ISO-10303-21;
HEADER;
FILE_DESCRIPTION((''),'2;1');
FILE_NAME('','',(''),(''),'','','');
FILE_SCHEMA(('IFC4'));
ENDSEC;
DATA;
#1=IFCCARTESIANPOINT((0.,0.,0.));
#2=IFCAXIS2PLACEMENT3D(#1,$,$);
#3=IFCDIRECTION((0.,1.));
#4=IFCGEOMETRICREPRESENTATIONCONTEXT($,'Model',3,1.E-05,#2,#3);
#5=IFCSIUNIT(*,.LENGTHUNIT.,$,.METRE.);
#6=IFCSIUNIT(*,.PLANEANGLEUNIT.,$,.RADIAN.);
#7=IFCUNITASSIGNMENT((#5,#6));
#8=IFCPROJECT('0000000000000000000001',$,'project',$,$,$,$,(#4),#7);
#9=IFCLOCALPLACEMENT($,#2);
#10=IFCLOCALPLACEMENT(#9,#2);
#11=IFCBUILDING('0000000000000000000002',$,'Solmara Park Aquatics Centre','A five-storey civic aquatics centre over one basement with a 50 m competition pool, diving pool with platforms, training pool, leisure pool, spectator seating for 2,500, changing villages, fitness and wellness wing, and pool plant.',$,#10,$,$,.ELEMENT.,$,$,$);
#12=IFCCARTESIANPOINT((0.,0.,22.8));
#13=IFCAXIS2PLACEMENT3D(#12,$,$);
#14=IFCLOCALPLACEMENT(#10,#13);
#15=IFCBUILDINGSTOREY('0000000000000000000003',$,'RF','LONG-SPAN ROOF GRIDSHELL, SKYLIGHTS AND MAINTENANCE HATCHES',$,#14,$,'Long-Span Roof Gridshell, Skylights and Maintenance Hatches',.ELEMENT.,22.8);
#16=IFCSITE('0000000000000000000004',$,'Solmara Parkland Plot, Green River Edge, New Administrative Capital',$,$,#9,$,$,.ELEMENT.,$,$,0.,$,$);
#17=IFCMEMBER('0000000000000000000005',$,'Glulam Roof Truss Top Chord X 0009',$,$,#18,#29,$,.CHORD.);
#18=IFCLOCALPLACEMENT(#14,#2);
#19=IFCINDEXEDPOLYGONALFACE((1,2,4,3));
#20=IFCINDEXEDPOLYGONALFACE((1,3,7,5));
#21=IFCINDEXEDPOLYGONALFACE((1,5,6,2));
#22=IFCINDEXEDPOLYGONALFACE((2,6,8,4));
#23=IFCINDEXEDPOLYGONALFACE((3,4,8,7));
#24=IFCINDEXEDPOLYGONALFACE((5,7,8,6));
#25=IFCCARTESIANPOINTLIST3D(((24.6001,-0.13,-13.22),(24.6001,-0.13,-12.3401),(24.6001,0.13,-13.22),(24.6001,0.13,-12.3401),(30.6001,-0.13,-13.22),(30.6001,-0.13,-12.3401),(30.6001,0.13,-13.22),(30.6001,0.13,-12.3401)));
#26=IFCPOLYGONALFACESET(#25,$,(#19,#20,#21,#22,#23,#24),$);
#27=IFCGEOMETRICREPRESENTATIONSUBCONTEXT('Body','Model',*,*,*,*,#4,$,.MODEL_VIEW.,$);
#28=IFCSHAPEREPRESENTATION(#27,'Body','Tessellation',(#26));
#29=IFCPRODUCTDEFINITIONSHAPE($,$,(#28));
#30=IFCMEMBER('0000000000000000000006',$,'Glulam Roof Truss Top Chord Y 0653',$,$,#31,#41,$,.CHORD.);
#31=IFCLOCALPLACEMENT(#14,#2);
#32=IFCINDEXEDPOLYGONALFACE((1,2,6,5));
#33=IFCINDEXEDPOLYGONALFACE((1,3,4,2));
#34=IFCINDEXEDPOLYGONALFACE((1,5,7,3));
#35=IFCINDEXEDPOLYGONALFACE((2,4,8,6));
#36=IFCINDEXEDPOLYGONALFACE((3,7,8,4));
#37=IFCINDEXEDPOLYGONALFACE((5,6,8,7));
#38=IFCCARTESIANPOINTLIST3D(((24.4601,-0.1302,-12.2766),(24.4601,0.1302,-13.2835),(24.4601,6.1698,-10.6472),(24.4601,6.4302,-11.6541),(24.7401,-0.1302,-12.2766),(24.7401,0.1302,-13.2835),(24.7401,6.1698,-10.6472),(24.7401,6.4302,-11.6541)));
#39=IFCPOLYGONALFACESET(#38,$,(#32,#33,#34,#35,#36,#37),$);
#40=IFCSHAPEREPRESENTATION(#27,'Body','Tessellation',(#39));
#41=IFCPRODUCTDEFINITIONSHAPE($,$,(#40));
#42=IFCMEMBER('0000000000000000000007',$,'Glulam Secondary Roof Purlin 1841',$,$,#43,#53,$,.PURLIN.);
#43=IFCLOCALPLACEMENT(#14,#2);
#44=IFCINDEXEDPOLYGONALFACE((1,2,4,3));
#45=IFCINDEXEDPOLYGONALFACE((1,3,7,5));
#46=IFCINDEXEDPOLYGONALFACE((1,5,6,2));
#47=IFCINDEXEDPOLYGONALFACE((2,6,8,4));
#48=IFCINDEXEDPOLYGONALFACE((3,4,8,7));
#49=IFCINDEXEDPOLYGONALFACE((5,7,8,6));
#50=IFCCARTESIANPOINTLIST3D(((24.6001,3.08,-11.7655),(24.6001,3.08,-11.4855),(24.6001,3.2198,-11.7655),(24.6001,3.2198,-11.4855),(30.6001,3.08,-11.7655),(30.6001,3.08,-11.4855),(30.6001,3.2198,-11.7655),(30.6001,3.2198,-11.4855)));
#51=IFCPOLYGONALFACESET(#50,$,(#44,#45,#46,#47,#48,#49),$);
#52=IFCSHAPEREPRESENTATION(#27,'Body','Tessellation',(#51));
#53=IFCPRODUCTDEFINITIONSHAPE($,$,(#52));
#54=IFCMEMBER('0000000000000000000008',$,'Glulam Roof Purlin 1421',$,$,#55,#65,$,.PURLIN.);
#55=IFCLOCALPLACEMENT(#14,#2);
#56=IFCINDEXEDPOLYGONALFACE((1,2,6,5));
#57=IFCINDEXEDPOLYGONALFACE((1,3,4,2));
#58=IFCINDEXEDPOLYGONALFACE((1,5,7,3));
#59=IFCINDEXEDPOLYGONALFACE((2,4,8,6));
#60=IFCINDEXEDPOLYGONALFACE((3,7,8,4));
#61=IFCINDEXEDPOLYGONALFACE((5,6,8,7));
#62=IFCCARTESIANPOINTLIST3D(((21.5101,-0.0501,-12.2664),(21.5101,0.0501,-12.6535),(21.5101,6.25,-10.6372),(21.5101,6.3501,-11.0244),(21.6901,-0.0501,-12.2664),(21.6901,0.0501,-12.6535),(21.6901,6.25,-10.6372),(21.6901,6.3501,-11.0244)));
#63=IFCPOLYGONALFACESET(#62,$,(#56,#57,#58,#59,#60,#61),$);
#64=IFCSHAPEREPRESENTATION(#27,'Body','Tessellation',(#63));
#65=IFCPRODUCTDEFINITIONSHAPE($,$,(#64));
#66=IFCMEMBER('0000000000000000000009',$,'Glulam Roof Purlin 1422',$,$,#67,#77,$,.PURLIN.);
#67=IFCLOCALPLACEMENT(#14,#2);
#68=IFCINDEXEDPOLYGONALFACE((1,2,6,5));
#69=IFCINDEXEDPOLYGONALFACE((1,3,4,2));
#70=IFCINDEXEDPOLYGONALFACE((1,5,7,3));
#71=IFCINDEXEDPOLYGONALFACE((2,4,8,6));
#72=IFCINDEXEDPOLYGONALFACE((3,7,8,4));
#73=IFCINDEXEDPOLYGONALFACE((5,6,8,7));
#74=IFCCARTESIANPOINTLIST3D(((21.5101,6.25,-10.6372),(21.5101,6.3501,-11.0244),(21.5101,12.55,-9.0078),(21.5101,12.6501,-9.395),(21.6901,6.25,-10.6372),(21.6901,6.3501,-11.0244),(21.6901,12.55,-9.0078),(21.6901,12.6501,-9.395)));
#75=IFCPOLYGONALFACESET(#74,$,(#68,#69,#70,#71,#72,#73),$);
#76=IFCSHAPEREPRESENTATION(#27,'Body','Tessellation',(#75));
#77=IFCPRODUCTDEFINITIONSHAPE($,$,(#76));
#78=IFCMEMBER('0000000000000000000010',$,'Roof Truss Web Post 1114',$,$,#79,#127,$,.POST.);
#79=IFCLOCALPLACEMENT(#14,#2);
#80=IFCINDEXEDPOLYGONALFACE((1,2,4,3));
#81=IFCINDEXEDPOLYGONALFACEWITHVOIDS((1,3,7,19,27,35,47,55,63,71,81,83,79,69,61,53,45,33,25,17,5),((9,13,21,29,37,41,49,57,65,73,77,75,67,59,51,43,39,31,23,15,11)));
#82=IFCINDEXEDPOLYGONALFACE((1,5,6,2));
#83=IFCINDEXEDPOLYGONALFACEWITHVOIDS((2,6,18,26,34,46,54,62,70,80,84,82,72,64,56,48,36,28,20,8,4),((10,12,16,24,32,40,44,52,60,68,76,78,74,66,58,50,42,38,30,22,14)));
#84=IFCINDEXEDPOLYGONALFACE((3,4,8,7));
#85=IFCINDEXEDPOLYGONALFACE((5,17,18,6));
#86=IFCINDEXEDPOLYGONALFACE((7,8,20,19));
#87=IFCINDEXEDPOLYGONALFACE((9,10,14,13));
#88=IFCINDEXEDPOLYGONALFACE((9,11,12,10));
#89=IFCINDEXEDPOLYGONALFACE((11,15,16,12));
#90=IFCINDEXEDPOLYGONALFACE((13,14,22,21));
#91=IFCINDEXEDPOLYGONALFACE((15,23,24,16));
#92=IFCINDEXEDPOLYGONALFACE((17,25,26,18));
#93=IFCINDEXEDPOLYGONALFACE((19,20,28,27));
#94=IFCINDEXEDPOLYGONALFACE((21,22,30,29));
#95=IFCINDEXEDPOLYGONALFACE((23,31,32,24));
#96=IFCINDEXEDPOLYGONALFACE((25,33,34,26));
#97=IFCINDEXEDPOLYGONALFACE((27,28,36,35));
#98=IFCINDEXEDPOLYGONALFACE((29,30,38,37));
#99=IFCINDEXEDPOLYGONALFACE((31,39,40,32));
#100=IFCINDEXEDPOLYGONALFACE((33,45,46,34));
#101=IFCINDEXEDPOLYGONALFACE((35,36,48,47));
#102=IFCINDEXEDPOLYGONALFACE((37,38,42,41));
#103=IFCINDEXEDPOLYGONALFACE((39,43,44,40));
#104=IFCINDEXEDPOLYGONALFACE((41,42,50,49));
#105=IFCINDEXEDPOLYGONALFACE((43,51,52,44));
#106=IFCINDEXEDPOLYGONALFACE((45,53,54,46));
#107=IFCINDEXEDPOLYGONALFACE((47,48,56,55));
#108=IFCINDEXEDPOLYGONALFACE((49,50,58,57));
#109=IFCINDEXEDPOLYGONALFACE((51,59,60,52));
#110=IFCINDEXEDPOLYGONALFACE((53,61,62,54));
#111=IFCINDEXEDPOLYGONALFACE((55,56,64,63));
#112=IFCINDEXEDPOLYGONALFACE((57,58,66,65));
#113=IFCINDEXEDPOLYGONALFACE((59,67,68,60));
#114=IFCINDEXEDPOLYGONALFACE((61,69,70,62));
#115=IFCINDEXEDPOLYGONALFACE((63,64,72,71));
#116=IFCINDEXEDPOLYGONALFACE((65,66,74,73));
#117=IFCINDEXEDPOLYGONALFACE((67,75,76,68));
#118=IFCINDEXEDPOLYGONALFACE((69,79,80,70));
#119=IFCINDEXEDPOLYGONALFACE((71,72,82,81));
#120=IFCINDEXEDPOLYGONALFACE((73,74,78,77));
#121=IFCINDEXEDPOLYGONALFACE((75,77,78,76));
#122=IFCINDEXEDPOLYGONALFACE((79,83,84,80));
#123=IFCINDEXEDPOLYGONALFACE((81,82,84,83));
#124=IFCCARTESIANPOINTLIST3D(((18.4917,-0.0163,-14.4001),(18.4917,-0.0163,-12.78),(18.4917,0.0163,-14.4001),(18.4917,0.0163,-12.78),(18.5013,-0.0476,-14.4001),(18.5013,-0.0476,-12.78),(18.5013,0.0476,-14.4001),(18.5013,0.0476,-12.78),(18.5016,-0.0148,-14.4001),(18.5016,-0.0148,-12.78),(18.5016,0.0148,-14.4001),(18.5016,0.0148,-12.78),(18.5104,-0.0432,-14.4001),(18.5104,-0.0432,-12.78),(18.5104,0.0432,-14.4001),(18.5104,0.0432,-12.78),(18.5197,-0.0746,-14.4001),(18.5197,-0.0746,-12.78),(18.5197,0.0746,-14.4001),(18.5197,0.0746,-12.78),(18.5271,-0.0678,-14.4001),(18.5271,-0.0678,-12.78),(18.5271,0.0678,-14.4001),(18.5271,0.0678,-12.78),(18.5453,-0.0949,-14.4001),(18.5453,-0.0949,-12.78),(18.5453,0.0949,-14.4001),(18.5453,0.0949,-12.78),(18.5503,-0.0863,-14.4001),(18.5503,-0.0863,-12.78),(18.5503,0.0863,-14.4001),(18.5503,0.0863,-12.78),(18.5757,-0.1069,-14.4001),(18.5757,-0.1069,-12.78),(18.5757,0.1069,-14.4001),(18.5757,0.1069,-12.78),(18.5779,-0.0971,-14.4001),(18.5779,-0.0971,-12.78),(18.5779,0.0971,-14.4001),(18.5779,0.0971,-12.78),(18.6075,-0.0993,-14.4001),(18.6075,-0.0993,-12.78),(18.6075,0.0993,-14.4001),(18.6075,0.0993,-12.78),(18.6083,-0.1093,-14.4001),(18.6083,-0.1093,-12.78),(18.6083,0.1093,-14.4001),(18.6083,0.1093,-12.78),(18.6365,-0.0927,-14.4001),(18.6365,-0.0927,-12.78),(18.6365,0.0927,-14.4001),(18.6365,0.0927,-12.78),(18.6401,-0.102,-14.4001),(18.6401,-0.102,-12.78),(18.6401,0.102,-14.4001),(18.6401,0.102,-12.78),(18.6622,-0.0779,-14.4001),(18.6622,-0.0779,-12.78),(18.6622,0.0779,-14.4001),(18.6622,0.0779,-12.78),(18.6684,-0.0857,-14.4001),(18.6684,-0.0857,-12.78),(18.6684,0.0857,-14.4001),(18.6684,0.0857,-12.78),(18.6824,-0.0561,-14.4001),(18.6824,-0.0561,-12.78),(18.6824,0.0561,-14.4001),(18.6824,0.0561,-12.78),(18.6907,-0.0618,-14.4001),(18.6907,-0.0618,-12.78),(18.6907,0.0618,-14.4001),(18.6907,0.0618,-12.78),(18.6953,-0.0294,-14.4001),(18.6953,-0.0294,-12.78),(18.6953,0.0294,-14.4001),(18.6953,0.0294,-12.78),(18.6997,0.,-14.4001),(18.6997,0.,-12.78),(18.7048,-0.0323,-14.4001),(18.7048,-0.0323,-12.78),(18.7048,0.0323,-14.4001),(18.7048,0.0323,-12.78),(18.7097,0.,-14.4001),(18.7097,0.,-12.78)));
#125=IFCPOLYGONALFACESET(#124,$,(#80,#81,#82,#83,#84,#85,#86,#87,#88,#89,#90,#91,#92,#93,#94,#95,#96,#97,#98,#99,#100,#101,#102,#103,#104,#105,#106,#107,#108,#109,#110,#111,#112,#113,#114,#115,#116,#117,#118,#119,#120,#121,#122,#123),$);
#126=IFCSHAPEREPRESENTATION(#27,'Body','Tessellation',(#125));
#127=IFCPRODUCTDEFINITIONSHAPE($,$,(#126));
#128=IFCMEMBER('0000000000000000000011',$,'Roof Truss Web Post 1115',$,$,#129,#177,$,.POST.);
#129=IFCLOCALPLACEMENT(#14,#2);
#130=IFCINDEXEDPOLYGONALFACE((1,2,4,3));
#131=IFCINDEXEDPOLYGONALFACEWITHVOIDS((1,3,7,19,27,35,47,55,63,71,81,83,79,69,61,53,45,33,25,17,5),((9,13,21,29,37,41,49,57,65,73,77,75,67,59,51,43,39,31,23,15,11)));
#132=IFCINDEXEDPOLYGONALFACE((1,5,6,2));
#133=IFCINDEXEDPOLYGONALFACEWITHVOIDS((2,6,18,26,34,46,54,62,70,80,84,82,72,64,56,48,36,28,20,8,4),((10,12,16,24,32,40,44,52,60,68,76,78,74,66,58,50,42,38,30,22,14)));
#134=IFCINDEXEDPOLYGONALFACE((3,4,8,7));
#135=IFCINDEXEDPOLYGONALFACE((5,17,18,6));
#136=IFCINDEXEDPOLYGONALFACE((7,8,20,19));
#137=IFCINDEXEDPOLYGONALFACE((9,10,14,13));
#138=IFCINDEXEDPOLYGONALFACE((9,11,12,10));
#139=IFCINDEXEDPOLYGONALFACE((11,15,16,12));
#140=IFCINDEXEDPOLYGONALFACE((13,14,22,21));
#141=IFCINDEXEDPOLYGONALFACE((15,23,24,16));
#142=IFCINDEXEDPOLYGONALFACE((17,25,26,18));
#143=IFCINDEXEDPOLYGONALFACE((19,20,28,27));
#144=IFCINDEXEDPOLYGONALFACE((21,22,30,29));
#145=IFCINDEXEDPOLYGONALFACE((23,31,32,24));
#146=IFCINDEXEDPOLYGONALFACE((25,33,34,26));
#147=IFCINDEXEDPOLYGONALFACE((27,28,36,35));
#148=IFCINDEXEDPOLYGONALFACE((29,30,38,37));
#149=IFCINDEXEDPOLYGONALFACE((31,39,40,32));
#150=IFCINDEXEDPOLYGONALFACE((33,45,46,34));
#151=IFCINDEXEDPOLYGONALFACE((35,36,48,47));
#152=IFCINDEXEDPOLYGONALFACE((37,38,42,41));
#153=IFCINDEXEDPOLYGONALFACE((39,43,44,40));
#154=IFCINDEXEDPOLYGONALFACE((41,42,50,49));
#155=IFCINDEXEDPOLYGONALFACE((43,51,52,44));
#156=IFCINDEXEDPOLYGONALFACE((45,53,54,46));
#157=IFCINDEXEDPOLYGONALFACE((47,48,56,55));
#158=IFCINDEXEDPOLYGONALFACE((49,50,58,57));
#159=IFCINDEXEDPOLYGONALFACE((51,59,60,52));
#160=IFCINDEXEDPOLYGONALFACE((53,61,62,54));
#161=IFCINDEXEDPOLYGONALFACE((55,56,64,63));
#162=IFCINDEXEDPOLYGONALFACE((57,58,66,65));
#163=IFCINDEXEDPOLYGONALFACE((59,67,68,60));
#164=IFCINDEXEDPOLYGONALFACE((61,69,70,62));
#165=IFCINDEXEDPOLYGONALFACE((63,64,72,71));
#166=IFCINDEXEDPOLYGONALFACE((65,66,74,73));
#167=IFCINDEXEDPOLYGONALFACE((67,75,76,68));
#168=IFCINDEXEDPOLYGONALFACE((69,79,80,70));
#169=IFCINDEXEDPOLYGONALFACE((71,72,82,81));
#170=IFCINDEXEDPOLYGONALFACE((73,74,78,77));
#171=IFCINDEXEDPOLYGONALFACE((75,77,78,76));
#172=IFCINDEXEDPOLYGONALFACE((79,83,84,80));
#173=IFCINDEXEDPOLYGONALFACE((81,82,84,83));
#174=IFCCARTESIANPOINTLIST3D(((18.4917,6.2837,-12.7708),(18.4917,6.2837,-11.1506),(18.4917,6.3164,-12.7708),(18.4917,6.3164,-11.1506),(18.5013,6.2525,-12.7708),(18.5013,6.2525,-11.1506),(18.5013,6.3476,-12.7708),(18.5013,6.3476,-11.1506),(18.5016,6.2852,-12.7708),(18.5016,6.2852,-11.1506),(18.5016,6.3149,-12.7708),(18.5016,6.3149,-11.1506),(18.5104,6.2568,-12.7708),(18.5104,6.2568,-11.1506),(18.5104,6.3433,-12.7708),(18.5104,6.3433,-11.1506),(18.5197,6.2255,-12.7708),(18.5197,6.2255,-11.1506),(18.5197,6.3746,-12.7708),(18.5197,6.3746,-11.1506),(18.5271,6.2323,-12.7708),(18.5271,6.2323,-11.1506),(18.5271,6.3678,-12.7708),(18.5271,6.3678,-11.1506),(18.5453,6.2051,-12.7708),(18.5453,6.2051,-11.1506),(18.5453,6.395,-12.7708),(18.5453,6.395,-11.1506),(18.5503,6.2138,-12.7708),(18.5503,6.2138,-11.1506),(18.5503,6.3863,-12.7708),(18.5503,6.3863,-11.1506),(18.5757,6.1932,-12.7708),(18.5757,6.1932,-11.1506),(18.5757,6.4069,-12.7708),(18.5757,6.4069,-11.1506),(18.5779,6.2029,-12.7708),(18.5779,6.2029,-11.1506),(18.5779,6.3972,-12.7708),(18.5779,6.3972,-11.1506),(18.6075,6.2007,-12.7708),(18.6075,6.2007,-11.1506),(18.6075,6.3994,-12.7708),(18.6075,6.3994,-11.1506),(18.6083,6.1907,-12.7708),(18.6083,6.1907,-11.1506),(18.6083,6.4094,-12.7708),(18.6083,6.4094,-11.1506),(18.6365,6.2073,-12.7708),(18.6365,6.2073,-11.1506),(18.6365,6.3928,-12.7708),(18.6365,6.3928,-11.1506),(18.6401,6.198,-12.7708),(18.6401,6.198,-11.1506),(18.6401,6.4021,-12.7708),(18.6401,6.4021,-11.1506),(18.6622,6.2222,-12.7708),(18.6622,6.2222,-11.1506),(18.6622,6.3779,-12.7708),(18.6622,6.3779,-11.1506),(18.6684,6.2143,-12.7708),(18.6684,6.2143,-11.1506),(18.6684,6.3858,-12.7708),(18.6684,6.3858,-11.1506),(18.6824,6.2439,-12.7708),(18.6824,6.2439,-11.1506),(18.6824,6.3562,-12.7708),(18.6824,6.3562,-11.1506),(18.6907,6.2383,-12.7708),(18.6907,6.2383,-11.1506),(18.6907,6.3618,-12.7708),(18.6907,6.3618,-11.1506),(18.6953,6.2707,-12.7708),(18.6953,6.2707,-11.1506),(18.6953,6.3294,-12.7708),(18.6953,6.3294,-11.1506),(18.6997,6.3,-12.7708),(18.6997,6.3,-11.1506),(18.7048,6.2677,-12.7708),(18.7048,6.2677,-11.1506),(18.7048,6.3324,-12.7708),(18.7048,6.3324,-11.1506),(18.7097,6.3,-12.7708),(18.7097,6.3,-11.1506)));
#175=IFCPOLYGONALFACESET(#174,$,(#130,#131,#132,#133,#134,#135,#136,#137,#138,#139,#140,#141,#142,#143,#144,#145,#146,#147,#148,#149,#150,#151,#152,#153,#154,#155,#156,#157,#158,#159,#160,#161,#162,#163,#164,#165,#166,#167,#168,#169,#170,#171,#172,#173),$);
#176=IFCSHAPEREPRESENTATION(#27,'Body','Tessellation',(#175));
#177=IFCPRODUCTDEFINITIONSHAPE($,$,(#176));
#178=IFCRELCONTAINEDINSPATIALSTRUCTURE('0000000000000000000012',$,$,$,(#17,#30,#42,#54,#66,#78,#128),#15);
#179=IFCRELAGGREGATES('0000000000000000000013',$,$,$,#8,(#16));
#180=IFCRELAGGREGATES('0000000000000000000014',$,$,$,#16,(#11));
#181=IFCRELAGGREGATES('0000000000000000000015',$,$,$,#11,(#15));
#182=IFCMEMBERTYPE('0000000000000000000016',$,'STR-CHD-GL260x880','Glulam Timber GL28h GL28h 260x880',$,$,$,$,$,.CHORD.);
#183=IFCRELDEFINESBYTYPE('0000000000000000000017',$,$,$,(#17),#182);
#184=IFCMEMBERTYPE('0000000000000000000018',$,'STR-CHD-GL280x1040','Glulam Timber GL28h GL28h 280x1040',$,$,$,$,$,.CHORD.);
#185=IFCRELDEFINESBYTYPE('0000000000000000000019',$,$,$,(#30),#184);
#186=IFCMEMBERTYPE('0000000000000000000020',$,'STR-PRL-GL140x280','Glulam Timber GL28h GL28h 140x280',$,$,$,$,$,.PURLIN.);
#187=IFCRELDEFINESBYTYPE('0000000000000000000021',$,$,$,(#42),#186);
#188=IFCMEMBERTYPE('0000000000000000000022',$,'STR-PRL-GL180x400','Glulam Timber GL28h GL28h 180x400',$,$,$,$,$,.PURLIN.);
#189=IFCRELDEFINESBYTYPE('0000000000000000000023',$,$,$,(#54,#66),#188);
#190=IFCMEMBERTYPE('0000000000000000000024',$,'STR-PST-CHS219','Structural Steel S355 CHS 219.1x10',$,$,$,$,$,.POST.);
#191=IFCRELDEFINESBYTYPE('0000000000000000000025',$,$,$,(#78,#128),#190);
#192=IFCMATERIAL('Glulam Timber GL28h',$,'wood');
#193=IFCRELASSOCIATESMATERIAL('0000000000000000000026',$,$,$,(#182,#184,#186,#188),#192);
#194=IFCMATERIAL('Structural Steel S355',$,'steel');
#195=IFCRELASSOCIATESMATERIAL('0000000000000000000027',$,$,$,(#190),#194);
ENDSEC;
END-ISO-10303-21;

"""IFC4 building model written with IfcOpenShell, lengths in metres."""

from ifc_helpers import new_model, si_unit, direction, frame, origin, origin_2d, place, context, subcontext, project, spatial, rectangle, hollow_circle, extrude, material, material_profile, profile_set, type_object, element, save


model = new_model("IFC4")

# Units and contexts
model_context = context("Model", 3, precision=1e-05, world=origin(), true_north=direction((0.0, 1.0)))
body_context = subcontext(model_context, "Body", "Model", "MODEL_VIEW")
ifc_project = project(units=[si_unit("LENGTHUNIT", "METRE"), si_unit("PLANEANGLEUNIT", "RADIAN")], contexts=[model_context])

# Site, building, storey
site_placement = place(None, origin())
site = spatial("IfcSite", under=ifc_project, at=site_placement, Name="Solmara Parkland Plot, Green River Edge, New Administrative Capital", CompositionType="ELEMENT", RefElevation=0.0)
building_placement = place(site_placement, origin())
building = spatial("IfcBuilding", under=site, at=building_placement, Name="Solmara Park Aquatics Centre", Description="A five-storey civic aquatics centre over one basement with a 50 m competition pool, diving pool with platforms, training pool, leisure pool, spectator seating for 2,500, changing villages, fitness and wellness wing, and pool plant.", CompositionType="ELEMENT")
storey_placement = place(building_placement, frame((0.0, 0.0, 22.8)))
storey = spatial("IfcBuildingStorey", under=building, at=storey_placement, Name="RF", Description="LONG-SPAN ROOF GRIDSHELL, SKYLIGHTS AND MAINTENANCE HATCHES", LongName="Long-Span Roof Gridshell, Skylights and Maintenance Hatches", CompositionType="ELEMENT", Elevation=22.8)

# Members
ifc_material_1 = material(Name="Structural Steel S355", Category="steel")
ifc_material_2 = material(Name="Glulam Timber GL28h", Category="wood")
ifc_material_profile_1 = material_profile(ifc_material_2, rectangle(XDim=0.26, YDim=0.8799, at=origin_2d()), Name="GL28h 260x880")
ifc_profile_set_1 = profile_set([ifc_material_profile_1], Name="Glulam Timber GL28h")
member_type_1 = type_object("IfcMemberType", Name="STR-CHD-GL260x880", Description="Glulam Timber GL28h GL28h 260x880", PredefinedType="CHORD", material=ifc_profile_set_1)
member_1_placement = place(storey_placement, frame((24.6001, 0.0, -12.78), z_axis=(1.0, 0.0, 0.0), x_axis=(0.0, 1.0, 0.0)))
element("IfcMember", 1, at=member_1_placement, inside=storey, type_object=member_type_1, Name="Glulam Roof Truss Top Chord X 0009", PredefinedType="CHORD", context=body_context, shape_type="SweptSolid", body=[
    extrude(rectangle(XDim=0.26, YDim=0.8799, at=origin_2d()), origin(), (0.0, 0.0, 1.0), 6.0),
])
ifc_material_profile_2 = material_profile(ifc_material_2, rectangle(XDim=0.28, YDim=1.04, at=origin_2d()), Name="GL28h 280x1040")
ifc_profile_set_2 = profile_set([ifc_material_profile_2], Name="Glulam Timber GL28h")
member_type_2 = type_object("IfcMemberType", Name="STR-CHD-GL280x1040", Description="Glulam Timber GL28h GL28h 280x1040", PredefinedType="CHORD", material=ifc_profile_set_2)
member_2_placement = place(storey_placement, frame((24.6001, 0.0, -12.78), z_axis=(0.0, 0.968144, 0.250393), x_axis=(-1.0, 0.0, 0.0)))
element("IfcMember", 2, at=member_2_placement, inside=storey, type_object=member_type_2, Name="Glulam Roof Truss Top Chord Y 0653", PredefinedType="CHORD", context=body_context, shape_type="SweptSolid", body=[
    extrude(rectangle(XDim=0.28, YDim=1.04, at=origin_2d()), origin(), (0.0, 0.0, 1.0), 6.5073),
])
ifc_material_profile_3 = material_profile(ifc_material_2, rectangle(XDim=0.1399, YDim=0.28, at=origin_2d()), Name="GL28h 140x280")
ifc_profile_set_3 = profile_set([ifc_material_profile_3], Name="Glulam Timber GL28h")
member_type_3 = type_object("IfcMemberType", Name="STR-PRL-GL140x280", Description="Glulam Timber GL28h GL28h 140x280", PredefinedType="PURLIN", material=ifc_profile_set_3)
member_3_placement = place(storey_placement, frame((24.6001, 3.1499, -11.6255), z_axis=(1.0, 0.0, 0.0), x_axis=(0.0, 1.0, 0.0)))
element("IfcMember", 3, at=member_3_placement, inside=storey, type_object=member_type_3, Name="Glulam Secondary Roof Purlin 1841", PredefinedType="PURLIN", context=body_context, shape_type="SweptSolid", body=[
    extrude(rectangle(XDim=0.1399, YDim=0.28, at=origin_2d()), origin(), (0.0, 0.0, 1.0), 6.0),
])
ifc_material_profile_4 = material_profile(ifc_material_2, rectangle(XDim=0.1799, YDim=0.3999, at=origin_2d()), Name="GL28h 180x400")
ifc_profile_set_4 = profile_set([ifc_material_profile_4], Name="Glulam Timber GL28h")
member_type_4 = type_object("IfcMemberType", Name="STR-PRL-GL180x400", Description="Glulam Timber GL28h GL28h 180x400", PredefinedType="PURLIN", material=ifc_profile_set_4)
for number, where, z_axis, x_axis, name in (
    (4, (21.6001, 0.0, -12.46), (0.0, 0.968153, 0.250358), (-1.0, 0.0, 0.0), "Glulam Roof Purlin 1421"),
    (5, (21.6001, 6.3, -10.8308), (0.0, 0.968144, 0.250393), (-1.0, 0.0, 0.0), "Glulam Roof Purlin 1422"),
):
    element("IfcMember", number, at=place(storey_placement, frame(where, z_axis=z_axis, x_axis=x_axis)), inside=storey, type_object=member_type_4, Name=name, PredefinedType="PURLIN", context=body_context, shape_type="SweptSolid", body=[
        extrude(rectangle(XDim=0.1799, YDim=0.3999, at=origin_2d()), origin(), (0.0, 0.0, 1.0), 6.5073),
    ])
ifc_material_profile_5 = material_profile(ifc_material_1, hollow_circle(Radius=0.1096, WallThickness=0.01, at=origin_2d()), Name="CHS 219.1x10")
ifc_profile_set_5 = profile_set([ifc_material_profile_5], Name="Structural Steel S355")
member_type_5 = type_object("IfcMemberType", Name="STR-PST-CHS219", Description="Structural Steel S355 CHS 219.1x10", PredefinedType="POST", material=ifc_profile_set_5)
for number, where, z_axis, x_axis, name in (
    (6, (18.6001, 0.0, -14.4001), (0.0, 0.0, 1.0), (1.0, 0.0, 0.0), "Roof Truss Web Post 1114"),
    (7, (18.6001, 6.3, -12.7708), (0.0, 0.0, 1.0), (1.0, 0.0, 0.0), "Roof Truss Web Post 1115"),
):
    element("IfcMember", number, at=place(storey_placement, frame(where, z_axis=z_axis, x_axis=x_axis)), inside=storey, type_object=member_type_5, Name=name, PredefinedType="POST", context=body_context, shape_type="SweptSolid", body=[
        extrude(hollow_circle(Radius=0.1096, WallThickness=0.01, at=origin_2d()), origin(), (0.0, 0.0, 1.0), 1.6201),
    ])

save(model, "model.ifc")
